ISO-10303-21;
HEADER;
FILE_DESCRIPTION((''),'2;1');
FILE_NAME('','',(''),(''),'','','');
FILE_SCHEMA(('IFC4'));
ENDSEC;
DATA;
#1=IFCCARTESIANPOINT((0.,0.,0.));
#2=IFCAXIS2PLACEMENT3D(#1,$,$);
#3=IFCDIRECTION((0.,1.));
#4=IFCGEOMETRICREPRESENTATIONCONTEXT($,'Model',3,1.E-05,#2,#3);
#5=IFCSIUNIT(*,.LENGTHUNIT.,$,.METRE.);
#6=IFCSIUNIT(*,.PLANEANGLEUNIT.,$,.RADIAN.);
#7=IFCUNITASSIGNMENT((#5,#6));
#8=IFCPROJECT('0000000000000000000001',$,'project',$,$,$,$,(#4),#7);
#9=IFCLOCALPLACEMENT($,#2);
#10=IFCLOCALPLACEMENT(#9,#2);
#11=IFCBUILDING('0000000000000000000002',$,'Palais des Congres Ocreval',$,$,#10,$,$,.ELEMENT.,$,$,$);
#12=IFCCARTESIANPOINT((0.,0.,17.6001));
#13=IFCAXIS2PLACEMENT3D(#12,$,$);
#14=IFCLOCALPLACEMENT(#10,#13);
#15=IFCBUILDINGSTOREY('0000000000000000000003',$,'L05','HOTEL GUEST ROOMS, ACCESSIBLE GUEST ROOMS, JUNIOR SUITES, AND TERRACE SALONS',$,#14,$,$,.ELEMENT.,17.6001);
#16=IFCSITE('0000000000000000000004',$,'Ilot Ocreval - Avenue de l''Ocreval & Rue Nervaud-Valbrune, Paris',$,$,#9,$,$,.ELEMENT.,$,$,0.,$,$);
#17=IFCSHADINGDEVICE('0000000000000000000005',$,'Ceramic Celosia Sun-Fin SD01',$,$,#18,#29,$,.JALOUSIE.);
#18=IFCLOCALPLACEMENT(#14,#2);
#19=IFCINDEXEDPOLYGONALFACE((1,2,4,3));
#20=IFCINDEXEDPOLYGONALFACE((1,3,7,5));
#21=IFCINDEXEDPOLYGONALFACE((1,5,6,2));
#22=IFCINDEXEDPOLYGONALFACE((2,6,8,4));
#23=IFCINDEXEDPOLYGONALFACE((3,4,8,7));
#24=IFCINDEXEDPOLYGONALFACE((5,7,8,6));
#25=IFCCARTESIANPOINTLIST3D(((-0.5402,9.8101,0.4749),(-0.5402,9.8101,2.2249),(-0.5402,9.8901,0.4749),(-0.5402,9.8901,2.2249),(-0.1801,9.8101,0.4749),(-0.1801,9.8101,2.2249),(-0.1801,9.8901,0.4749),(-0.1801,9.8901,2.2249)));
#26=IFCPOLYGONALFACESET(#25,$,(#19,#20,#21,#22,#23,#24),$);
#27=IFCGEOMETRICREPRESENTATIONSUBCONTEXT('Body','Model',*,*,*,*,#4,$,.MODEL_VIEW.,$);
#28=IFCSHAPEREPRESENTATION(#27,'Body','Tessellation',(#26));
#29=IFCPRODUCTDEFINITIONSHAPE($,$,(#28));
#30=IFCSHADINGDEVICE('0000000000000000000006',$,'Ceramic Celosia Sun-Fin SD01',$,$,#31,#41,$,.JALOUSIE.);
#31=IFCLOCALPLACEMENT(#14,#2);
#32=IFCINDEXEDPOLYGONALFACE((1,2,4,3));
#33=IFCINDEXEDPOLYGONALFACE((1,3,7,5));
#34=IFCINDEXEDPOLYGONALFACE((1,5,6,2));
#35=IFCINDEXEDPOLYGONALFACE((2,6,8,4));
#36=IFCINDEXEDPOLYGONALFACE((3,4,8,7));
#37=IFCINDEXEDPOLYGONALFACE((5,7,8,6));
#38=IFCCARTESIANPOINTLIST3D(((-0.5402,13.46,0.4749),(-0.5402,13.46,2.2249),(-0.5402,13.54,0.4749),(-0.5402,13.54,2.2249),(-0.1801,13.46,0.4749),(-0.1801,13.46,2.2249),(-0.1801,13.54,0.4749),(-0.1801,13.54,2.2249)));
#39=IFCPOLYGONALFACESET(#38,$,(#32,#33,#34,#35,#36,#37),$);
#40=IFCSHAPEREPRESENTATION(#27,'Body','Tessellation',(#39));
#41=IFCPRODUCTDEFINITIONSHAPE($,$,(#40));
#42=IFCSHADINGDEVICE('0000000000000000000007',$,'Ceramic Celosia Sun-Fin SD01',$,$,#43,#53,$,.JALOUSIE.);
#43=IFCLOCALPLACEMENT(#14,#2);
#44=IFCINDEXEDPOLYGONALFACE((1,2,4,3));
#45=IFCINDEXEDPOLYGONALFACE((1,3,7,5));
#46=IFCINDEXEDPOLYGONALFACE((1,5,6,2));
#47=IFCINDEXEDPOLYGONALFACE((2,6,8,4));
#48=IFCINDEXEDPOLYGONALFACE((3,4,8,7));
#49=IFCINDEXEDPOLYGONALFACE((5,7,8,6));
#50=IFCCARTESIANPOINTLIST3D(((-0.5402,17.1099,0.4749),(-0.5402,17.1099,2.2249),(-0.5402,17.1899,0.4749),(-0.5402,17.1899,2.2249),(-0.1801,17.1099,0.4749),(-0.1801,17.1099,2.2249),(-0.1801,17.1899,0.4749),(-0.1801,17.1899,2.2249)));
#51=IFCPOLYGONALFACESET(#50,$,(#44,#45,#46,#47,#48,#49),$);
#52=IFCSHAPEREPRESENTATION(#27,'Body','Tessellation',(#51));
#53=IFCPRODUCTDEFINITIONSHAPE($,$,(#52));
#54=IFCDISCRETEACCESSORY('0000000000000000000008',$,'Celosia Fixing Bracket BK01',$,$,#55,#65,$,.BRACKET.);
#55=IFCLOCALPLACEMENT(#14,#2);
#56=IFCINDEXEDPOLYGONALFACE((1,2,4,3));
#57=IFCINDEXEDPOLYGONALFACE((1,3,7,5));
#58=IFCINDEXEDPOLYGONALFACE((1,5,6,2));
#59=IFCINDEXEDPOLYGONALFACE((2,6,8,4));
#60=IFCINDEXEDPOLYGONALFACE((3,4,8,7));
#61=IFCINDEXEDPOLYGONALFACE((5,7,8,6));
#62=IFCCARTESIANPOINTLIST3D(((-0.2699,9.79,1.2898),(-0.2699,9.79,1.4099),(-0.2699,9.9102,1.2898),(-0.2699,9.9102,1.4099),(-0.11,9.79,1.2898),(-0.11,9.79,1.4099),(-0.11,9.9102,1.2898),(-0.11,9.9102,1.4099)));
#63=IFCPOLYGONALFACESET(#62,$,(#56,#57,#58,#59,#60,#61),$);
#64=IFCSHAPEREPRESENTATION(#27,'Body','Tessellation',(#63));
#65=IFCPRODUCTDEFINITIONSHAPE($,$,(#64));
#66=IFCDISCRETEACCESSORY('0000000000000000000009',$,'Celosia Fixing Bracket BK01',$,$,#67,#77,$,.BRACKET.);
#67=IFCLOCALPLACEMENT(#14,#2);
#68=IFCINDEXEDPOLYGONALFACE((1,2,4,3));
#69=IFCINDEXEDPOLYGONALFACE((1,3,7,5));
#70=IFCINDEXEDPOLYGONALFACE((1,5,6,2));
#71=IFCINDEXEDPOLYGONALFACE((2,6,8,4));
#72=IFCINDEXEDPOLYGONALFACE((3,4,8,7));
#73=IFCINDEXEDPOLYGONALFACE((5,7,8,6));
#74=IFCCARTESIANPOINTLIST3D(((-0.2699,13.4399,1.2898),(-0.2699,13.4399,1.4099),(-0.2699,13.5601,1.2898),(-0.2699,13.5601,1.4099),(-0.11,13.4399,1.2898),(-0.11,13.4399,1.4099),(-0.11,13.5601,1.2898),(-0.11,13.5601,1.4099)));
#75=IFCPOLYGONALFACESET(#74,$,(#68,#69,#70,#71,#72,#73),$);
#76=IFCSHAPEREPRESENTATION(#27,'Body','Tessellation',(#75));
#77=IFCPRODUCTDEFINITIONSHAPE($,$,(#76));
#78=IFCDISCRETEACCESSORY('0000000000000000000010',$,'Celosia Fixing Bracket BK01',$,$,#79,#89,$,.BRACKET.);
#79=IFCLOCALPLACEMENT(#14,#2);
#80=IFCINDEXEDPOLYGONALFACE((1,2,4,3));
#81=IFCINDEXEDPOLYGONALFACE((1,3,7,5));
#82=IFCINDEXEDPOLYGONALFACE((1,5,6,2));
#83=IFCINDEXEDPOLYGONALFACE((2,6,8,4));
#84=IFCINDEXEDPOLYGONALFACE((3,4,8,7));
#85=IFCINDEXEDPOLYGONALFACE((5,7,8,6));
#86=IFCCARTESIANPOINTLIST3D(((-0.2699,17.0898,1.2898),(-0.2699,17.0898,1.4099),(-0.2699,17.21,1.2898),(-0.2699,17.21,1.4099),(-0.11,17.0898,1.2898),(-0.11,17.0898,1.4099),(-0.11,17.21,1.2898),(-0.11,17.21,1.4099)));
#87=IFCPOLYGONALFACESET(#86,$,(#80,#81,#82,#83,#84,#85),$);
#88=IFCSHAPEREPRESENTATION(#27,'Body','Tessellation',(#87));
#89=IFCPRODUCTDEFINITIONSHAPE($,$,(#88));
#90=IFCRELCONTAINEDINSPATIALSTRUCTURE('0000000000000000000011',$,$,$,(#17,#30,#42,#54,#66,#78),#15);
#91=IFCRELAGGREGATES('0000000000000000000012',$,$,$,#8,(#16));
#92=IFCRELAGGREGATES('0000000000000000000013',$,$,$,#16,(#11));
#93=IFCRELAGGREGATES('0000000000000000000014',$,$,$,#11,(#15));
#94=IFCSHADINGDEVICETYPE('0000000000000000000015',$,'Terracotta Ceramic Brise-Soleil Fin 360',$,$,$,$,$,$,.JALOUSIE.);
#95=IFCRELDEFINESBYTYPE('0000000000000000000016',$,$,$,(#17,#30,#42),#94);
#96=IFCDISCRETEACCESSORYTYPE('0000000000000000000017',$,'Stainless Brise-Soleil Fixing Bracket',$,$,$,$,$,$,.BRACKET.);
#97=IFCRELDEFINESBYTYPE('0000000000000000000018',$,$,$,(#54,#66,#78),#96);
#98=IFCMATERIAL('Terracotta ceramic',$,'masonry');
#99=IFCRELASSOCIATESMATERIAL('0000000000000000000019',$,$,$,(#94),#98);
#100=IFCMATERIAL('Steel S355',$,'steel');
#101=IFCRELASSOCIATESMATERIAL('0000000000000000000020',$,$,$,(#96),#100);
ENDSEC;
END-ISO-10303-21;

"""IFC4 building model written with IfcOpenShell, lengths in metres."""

from ifc_helpers import new_model, si_unit, direction, frame, origin, origin_2d, place, context, subcontext, project, spatial, rectangle, extrude, material, type_object, element, save


model = new_model("IFC4")

# Units and contexts
model_context = context("Model", 3, precision=1e-05, world=origin(), true_north=direction((0.0, 1.0)))
body_context = subcontext(model_context, "Body", "Model", "MODEL_VIEW")
ifc_project = project(units=[si_unit("LENGTHUNIT", "METRE"), si_unit("PLANEANGLEUNIT", "RADIAN")], contexts=[model_context])

# Site, building, storey
site_placement = place(None, origin())
site = spatial("IfcSite", under=ifc_project, at=site_placement, Name="Ilot Ocreval - Avenue de l'Ocreval & Rue Nervaud-Valbrune, Paris", CompositionType="ELEMENT", RefElevation=0.0)
building_placement = place(site_placement, origin())
building = spatial("IfcBuilding", under=site, at=building_placement, Name="Palais des Congres Ocreval", CompositionType="ELEMENT")
storey_placement = place(building_placement, frame((0.0, 0.0, 17.6001)))
storey = spatial("IfcBuildingStorey", under=building, at=storey_placement, Name="L05", Description="HOTEL GUEST ROOMS, ACCESSIBLE GUEST ROOMS, JUNIOR SUITES, AND TERRACE SALONS", CompositionType="ELEMENT", Elevation=17.6001)

# Shared definitions
ifc_material_1 = material(Name="Steel S355", Category="steel")

# Shading devices
ifc_material_2 = material(Name="Terracotta ceramic", Category="masonry")
shading_device_type = type_object("IfcShadingDeviceType", Name="Terracotta Ceramic Brise-Soleil Fin 360", PredefinedType="JALOUSIE", material=ifc_material_2)
for number, where, z_axis, x_axis, name in (
    (1, (-0.3601, 9.8501, 0.4749), (0.0, 0.0, 1.0), (-1.0, 0.0, 0.0), "Ceramic Celosia Sun-Fin SD01"),
    (2, (-0.3601, 13.5, 0.4749), (0.0, 0.0, 1.0), (-1.0, 0.0, 0.0), "Ceramic Celosia Sun-Fin SD01"),
    (3, (-0.3601, 17.1499, 0.4749), (0.0, 0.0, 1.0), (-1.0, 0.0, 0.0), "Ceramic Celosia Sun-Fin SD01"),
):
    element("IfcShadingDevice", number, at=place(storey_placement, frame(where, z_axis=z_axis, x_axis=x_axis)), inside=storey, type_object=shading_device_type, Name=name, PredefinedType="JALOUSIE", context=body_context, shape_type="SweptSolid", body=[
        extrude(rectangle(XDim=0.3601, YDim=0.0801, at=origin_2d()), origin(), (0.0, 0.0, 1.0), 1.75),
    ])

# Discrete accessories
discrete_accessory_type = type_object("IfcDiscreteAccessoryType", Name="Stainless Brise-Soleil Fixing Bracket", PredefinedType="BRACKET", material=ifc_material_1)
for number, where, z_axis, x_axis, name in (
    (4, (-0.1899, 9.8501, 1.2898), (0.0, 0.0, 1.0), (-1.0, 0.0, 0.0), "Celosia Fixing Bracket BK01"),
    (5, (-0.1899, 13.5, 1.2898), (0.0, 0.0, 1.0), (-1.0, 0.0, 0.0), "Celosia Fixing Bracket BK01"),
    (6, (-0.1899, 17.1499, 1.2898), (0.0, 0.0, 1.0), (-1.0, 0.0, 0.0), "Celosia Fixing Bracket BK01"),
):
    element("IfcDiscreteAccessory", number, at=place(storey_placement, frame(where, z_axis=z_axis, x_axis=x_axis)), inside=storey, type_object=discrete_accessory_type, Name=name, PredefinedType="BRACKET", context=body_context, shape_type="SweptSolid", body=[
        extrude(rectangle(XDim=0.1599, YDim=0.1201, at=origin_2d()), origin(), (0.0, 0.0, 1.0), 0.1201),
    ])

save(model, "model.ifc")
